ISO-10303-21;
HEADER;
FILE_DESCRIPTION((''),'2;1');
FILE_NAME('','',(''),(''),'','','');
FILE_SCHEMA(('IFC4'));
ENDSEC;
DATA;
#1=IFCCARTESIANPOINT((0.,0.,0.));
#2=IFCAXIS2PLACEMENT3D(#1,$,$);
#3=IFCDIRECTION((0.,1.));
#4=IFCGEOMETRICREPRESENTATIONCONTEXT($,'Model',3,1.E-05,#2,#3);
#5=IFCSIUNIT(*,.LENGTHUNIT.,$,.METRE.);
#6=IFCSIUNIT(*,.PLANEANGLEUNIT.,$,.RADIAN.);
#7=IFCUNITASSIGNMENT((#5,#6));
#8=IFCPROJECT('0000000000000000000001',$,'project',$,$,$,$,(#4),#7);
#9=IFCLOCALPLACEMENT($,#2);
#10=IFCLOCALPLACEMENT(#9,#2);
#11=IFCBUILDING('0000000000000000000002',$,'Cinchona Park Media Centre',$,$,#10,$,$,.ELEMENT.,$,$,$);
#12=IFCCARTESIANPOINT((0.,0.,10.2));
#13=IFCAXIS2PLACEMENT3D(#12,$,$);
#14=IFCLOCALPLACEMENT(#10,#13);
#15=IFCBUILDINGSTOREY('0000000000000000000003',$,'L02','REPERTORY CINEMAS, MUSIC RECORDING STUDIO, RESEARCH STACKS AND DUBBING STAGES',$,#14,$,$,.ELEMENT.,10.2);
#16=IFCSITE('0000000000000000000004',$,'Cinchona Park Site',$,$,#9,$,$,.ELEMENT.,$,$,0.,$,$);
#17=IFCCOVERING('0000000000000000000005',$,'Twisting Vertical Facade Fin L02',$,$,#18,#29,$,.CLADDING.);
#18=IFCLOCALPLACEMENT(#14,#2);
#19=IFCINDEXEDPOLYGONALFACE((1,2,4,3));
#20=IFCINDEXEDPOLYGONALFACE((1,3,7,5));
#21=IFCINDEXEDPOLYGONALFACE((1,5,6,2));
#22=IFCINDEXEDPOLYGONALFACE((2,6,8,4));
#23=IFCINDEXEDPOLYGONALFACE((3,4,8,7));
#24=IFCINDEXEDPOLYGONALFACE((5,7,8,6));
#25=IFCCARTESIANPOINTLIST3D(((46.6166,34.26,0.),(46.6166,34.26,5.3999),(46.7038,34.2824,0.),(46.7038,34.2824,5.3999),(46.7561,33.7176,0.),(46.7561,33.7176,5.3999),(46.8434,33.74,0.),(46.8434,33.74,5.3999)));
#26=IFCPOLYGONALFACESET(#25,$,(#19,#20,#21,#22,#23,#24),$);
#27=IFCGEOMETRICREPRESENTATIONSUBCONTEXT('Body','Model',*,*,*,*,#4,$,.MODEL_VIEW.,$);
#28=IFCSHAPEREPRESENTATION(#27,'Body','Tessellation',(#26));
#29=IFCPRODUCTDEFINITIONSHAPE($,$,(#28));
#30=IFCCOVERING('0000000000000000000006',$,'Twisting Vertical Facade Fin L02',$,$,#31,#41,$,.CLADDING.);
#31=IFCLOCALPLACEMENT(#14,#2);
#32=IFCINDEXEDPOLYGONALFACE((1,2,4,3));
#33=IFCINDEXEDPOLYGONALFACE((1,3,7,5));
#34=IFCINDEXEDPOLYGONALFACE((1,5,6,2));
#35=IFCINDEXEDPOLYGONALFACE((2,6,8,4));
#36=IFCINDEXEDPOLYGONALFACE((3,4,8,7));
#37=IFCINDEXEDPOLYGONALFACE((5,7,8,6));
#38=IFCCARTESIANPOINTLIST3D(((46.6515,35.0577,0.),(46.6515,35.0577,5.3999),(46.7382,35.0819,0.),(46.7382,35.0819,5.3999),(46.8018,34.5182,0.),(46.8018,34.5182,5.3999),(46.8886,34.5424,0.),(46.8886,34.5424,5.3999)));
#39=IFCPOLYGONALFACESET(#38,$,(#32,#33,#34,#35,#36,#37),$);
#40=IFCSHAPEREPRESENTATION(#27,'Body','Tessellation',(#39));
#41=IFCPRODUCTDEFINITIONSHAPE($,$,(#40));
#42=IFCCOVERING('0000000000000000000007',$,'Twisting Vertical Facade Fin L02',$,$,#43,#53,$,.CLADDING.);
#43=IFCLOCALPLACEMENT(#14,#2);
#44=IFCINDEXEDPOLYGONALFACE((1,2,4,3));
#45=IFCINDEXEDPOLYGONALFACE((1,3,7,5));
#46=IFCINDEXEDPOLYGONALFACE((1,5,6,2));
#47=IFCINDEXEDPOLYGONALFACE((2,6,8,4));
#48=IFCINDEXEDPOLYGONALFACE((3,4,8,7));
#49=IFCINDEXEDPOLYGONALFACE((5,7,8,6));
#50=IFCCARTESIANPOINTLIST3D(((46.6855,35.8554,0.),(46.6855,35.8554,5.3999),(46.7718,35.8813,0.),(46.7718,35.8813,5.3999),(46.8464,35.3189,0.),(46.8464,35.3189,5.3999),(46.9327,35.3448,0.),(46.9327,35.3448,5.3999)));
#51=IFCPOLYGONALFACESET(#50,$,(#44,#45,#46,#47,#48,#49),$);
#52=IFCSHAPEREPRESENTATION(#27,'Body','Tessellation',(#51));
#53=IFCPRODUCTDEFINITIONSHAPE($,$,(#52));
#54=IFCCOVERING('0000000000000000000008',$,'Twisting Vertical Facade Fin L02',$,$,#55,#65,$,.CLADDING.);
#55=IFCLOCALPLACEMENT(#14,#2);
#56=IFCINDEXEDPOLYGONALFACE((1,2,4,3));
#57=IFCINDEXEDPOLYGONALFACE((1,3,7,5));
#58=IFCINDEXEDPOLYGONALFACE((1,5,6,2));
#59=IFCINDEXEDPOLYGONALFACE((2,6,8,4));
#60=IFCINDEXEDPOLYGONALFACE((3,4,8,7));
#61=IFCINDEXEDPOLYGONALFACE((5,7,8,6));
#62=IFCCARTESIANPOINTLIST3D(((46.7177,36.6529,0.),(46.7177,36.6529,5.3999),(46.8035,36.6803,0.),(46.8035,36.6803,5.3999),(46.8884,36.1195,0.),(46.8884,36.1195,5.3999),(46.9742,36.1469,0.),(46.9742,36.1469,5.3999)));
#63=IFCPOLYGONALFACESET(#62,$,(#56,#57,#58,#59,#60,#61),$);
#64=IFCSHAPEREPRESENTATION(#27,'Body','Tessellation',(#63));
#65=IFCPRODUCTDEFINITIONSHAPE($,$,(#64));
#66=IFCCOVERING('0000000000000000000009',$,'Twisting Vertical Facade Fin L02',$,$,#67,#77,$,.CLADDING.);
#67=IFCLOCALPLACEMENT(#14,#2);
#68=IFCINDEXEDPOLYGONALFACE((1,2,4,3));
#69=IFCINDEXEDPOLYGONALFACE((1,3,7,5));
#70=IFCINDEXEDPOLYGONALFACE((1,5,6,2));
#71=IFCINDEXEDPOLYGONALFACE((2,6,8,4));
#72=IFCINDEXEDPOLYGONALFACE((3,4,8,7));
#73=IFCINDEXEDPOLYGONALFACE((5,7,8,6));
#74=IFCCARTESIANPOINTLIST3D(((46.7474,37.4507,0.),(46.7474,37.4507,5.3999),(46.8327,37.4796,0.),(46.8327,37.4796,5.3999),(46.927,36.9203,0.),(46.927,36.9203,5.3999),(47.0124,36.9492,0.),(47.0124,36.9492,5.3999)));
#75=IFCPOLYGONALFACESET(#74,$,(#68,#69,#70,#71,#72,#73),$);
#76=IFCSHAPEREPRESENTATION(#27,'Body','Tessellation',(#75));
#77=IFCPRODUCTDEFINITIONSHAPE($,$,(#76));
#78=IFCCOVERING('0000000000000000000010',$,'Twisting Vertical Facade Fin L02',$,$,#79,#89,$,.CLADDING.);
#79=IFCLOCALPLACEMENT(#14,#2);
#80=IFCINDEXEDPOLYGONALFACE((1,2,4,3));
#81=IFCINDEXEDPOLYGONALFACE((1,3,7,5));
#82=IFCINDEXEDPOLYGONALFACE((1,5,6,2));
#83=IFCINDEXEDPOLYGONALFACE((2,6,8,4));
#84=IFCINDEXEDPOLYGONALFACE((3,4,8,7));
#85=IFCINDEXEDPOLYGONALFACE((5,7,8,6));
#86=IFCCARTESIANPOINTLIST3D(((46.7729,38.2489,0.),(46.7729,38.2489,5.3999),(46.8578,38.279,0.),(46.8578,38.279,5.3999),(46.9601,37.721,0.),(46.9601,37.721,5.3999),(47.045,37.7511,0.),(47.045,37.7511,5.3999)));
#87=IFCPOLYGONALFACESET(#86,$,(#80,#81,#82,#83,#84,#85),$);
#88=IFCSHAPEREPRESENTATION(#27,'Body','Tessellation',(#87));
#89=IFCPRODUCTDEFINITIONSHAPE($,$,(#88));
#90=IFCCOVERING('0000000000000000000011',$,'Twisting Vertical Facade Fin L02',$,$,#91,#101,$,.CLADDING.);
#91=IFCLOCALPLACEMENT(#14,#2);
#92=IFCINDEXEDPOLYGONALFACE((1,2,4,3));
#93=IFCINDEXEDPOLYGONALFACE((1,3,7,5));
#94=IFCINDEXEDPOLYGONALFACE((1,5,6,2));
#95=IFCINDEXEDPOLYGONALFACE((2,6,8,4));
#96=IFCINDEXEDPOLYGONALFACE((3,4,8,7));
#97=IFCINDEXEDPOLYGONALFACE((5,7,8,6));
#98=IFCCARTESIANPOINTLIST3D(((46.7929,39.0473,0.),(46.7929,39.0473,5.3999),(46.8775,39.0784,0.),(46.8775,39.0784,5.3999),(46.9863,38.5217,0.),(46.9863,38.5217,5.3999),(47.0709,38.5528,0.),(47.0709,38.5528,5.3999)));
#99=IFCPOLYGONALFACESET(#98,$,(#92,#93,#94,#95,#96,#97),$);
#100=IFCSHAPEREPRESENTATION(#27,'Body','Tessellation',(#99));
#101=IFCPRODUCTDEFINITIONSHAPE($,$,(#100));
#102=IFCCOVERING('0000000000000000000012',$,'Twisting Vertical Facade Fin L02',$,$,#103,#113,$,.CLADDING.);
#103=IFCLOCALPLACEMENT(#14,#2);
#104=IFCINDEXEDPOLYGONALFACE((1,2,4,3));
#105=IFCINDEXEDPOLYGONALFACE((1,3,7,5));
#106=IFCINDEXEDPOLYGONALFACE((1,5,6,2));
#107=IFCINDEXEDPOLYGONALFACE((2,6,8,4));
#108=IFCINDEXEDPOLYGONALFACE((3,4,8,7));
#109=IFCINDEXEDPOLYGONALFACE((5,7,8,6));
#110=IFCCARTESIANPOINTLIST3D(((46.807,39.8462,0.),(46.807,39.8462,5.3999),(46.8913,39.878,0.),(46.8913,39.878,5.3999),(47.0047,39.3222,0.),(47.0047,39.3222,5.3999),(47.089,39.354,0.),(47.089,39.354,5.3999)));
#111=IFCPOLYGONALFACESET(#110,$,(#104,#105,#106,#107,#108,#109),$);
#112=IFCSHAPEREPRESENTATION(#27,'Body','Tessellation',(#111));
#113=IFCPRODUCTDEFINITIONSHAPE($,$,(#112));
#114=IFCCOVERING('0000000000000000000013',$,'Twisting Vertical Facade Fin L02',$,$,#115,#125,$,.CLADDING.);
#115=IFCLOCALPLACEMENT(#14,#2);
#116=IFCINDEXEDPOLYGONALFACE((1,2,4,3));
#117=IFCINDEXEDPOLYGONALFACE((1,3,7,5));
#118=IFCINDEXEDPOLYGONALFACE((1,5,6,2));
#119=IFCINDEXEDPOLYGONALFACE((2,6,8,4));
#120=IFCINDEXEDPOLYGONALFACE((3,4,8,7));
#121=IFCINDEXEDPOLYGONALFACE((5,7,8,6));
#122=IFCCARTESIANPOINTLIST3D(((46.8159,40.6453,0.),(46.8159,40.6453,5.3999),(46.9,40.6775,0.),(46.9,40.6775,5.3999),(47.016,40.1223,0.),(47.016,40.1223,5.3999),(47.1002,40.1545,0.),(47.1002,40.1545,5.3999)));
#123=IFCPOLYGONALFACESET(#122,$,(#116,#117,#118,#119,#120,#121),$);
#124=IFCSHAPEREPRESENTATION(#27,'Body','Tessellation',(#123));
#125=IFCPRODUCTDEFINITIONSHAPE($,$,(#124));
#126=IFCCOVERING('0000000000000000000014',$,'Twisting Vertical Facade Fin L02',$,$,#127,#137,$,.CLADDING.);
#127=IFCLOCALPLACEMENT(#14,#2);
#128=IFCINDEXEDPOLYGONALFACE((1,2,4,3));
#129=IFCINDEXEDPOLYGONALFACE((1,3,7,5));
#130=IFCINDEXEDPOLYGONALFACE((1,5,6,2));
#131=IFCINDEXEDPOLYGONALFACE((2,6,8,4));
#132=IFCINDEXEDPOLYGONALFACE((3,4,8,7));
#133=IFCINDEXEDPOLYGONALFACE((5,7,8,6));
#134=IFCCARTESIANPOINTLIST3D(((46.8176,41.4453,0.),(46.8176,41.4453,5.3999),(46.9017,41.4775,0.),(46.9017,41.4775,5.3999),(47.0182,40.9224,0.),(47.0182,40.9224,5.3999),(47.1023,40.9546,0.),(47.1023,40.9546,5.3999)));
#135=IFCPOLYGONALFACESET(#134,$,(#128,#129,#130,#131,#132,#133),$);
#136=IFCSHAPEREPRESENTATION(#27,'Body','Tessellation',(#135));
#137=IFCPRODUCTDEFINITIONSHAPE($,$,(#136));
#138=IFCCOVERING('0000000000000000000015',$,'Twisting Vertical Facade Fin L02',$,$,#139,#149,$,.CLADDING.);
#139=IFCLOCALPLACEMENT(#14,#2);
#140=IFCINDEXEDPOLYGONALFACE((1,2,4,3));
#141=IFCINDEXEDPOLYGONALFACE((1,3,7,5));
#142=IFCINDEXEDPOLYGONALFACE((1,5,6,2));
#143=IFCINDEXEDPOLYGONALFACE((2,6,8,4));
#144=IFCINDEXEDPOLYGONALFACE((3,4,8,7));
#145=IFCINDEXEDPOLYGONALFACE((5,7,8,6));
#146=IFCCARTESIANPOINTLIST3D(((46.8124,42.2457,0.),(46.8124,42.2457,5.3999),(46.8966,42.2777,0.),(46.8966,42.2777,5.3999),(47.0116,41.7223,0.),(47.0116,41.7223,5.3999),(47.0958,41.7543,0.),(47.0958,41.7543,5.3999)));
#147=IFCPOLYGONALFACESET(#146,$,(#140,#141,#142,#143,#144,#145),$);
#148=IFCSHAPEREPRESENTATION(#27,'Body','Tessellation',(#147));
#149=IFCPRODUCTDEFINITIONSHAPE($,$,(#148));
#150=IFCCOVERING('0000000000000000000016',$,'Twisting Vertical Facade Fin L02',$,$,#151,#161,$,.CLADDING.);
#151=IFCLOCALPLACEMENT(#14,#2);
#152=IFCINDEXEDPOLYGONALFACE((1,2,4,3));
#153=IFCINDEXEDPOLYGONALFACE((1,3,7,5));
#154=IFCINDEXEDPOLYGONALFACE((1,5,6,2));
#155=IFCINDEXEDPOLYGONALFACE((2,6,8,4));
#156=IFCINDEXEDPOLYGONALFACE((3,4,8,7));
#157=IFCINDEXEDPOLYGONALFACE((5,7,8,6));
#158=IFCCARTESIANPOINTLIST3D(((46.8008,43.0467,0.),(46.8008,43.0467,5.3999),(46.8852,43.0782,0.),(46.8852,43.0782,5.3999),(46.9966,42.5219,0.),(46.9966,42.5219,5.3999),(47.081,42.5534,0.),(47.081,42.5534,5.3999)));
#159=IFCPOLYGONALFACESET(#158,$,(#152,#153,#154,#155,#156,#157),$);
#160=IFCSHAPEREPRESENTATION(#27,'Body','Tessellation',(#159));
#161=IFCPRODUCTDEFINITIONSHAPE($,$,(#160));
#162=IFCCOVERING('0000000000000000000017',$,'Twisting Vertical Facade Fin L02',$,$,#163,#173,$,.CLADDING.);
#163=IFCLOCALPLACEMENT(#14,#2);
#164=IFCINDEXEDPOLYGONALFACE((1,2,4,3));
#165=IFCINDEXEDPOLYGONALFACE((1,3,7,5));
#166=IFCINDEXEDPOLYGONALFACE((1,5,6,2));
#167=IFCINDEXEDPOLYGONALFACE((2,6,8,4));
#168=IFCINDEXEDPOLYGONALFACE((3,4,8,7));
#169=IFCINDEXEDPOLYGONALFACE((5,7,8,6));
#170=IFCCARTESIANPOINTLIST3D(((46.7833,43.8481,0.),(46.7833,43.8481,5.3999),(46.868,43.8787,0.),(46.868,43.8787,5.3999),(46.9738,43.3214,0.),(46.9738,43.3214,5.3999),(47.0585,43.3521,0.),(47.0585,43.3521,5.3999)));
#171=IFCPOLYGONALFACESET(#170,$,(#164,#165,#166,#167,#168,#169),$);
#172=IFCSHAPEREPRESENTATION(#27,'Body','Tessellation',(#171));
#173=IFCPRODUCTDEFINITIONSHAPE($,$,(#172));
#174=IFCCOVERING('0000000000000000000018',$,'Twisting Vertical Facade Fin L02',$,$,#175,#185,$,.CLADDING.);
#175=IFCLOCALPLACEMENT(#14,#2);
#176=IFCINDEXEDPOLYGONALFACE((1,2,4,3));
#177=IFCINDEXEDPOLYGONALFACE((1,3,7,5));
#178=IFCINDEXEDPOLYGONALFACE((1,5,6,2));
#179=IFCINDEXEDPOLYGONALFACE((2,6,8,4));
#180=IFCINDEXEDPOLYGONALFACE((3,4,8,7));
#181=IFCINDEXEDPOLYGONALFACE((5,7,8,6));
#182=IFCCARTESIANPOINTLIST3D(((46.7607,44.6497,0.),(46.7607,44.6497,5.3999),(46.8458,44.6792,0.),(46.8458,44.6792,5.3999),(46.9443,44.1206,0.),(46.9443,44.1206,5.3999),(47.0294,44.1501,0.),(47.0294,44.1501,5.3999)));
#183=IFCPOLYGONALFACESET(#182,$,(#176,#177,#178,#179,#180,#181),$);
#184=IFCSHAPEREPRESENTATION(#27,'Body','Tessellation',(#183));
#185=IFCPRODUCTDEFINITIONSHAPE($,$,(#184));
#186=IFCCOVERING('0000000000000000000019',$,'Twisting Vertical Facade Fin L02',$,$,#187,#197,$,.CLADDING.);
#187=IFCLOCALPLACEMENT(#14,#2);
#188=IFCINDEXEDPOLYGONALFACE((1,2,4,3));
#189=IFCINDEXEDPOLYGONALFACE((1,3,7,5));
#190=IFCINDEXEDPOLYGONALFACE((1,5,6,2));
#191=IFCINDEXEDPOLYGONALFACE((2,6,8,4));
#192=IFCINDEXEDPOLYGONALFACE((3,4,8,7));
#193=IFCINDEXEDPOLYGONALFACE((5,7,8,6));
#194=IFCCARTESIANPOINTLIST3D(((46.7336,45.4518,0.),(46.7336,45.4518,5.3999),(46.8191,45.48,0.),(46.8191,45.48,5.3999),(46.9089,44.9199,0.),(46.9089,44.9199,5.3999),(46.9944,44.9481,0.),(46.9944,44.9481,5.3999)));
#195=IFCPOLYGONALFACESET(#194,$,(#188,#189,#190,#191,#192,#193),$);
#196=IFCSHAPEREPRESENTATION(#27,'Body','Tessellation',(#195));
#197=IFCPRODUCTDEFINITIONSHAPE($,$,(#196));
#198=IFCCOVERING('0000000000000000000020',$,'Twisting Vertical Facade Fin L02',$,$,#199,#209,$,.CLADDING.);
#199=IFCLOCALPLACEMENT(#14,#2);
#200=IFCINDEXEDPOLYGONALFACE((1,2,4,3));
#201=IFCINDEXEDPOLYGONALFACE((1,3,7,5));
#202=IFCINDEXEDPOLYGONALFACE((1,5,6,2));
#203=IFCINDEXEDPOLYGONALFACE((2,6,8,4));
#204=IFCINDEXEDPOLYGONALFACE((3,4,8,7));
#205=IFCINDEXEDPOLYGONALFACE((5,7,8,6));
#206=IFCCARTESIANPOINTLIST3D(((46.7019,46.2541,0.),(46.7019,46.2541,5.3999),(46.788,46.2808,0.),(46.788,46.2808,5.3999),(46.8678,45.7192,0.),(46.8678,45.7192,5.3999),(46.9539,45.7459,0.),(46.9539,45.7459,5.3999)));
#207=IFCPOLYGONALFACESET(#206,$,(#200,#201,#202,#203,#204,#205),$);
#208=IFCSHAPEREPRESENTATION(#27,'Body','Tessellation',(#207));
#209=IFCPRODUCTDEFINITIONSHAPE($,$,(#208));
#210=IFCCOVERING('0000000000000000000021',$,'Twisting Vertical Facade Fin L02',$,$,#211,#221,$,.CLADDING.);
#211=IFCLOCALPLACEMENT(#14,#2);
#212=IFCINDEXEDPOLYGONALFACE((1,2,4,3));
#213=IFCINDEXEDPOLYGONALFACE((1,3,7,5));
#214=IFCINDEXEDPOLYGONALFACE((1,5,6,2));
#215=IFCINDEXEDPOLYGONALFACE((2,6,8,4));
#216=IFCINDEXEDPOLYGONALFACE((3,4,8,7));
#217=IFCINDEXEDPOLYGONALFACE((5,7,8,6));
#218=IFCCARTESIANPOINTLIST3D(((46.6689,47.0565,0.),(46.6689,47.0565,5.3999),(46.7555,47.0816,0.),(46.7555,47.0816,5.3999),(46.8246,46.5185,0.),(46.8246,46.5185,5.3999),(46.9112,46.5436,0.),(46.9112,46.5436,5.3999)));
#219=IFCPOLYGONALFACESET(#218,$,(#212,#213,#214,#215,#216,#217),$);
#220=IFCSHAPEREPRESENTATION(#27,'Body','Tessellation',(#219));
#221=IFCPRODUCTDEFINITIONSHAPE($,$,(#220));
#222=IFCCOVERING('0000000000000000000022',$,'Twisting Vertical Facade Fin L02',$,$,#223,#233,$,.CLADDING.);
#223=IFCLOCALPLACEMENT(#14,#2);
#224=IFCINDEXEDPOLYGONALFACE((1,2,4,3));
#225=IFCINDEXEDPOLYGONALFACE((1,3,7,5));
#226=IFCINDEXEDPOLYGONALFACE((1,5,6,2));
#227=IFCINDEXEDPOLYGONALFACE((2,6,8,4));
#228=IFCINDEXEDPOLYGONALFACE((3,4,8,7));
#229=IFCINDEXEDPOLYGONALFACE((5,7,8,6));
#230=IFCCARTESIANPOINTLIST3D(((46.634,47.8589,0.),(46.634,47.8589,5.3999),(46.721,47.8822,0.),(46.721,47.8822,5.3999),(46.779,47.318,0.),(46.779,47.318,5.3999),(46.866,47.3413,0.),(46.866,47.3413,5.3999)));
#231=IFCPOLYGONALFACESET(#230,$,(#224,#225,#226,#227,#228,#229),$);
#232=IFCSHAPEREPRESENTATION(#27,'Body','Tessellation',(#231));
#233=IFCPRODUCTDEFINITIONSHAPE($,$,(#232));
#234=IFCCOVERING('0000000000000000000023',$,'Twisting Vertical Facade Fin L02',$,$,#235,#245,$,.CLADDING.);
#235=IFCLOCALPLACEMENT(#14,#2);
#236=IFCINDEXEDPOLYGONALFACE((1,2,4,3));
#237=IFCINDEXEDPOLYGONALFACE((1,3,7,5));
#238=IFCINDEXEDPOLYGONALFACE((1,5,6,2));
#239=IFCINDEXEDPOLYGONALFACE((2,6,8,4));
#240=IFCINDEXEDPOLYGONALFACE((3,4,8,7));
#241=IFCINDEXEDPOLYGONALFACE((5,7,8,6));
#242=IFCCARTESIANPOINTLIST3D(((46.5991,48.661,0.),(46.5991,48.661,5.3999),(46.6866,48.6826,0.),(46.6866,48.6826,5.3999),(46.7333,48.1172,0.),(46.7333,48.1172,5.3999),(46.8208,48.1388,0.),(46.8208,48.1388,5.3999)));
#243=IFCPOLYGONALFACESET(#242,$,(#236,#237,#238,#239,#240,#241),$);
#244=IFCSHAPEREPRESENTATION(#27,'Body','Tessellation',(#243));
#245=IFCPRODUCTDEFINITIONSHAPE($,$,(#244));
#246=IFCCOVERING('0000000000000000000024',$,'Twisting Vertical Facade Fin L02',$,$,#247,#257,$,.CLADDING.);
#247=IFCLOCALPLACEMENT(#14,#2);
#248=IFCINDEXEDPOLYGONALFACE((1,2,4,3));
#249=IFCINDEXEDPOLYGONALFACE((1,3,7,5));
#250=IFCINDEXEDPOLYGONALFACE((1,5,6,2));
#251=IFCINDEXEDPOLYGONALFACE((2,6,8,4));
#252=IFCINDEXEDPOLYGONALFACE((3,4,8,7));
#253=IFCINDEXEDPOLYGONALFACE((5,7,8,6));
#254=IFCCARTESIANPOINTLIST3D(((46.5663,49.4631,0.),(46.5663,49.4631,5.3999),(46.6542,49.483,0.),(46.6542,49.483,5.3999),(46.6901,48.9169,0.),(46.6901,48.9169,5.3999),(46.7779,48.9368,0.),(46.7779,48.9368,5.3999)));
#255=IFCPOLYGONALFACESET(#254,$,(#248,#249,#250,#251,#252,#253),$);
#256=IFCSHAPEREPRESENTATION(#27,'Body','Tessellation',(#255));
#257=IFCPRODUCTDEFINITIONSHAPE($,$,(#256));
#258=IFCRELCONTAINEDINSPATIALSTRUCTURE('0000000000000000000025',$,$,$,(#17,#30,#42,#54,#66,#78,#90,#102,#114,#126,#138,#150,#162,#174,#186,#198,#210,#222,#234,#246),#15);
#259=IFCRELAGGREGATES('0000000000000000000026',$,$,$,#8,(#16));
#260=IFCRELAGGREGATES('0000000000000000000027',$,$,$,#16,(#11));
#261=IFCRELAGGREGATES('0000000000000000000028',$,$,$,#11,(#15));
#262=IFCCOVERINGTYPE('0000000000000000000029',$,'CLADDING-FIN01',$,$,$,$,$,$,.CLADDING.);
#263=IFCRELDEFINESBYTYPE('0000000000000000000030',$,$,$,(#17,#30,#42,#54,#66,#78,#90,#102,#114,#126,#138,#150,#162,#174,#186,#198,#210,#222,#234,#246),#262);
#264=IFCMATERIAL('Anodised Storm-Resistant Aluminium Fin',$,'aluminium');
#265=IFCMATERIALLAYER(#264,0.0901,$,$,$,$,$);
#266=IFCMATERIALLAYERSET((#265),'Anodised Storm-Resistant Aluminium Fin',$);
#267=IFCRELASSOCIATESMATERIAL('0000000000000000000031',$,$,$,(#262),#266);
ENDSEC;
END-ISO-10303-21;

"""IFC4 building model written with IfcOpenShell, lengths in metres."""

from ifc_helpers import new_model, si_unit, direction, frame, origin, origin_2d, place, context, subcontext, project, spatial, rectangle, extrude, material, layer, layer_set, type_object, element, save


model = new_model("IFC4")

# Units and contexts
model_context = context("Model", 3, precision=1e-05, world=origin(), true_north=direction((0.0, 1.0)))
body_context = subcontext(model_context, "Body", "Model", "MODEL_VIEW")
ifc_project = project(units=[si_unit("LENGTHUNIT", "METRE"), si_unit("PLANEANGLEUNIT", "RADIAN")], contexts=[model_context])

# Site, building, storey
site_placement = place(None, origin())
site = spatial("IfcSite", under=ifc_project, at=site_placement, Name="Cinchona Park Site", CompositionType="ELEMENT", RefElevation=0.0)
building_placement = place(site_placement, origin())
building = spatial("IfcBuilding", under=site, at=building_placement, Name="Cinchona Park Media Centre", CompositionType="ELEMENT")
storey_placement = place(building_placement, frame((0.0, 0.0, 10.2)))
storey = spatial("IfcBuildingStorey", under=building, at=storey_placement, Name="L02", Description="REPERTORY CINEMAS, MUSIC RECORDING STUDIO, RESEARCH STACKS AND DUBBING STAGES", CompositionType="ELEMENT", Elevation=10.2)

# Coverings
ifc_material_1 = material(Name="Anodised Storm-Resistant Aluminium Fin", Category="aluminium")
ifc_layer = layer(ifc_material_1, 0.0901)
ifc_layer_set = layer_set([ifc_layer], Name="Anodised Storm-Resistant Aluminium Fin")
covering_type = type_object("IfcCoveringType", Name="CLADDING-FIN01", PredefinedType="CLADDING", material=ifc_layer_set)
for number, where, z_axis, x_axis, name in (
    (1, (46.73, 34.0, 0.0), (0.0, 0.0, 1.0), (-0.249197, 0.968453, 0.0), "Twisting Vertical Facade Fin L02"),
    (2, (46.77, 34.8, 0.0), (0.0, 0.0, 1.0), (-0.268415, 0.963303, 0.0), "Twisting Vertical Facade Fin L02"),
    (3, (46.8091, 35.6001, 0.0), (0.0, 0.0, 1.0), (-0.287193, 0.957873, 0.0), "Twisting Vertical Facade Fin L02"),
    (4, (46.8459, 36.3999, 0.0), (0.0, 0.0, 1.0), (-0.304864, 0.952396, 0.0), "Twisting Vertical Facade Fin L02"),
    (5, (46.8799, 37.2, 0.0), (0.0, 0.0, 1.0), (-0.320778, 0.947154, 0.0), "Twisting Vertical Facade Fin L02"),
    (6, (46.9089, 38.0, 0.0), (0.0, 0.0, 1.0), (-0.3343, 0.942467, 0.0), "Twisting Vertical Facade Fin L02"),
    (7, (46.9319, 38.8, 0.0), (0.0, 0.0, 1.0), (-0.345298, 0.938493, 0.0), "Twisting Vertical Facade Fin L02"),
    (8, (46.948, 39.6001, 0.0), (0.0, 0.0, 1.0), (-0.352985, 0.935629, 0.0), "Twisting Vertical Facade Fin L02"),
    (9, (46.958, 40.3999, 0.0), (0.0, 0.0, 1.0), (-0.35739, 0.933955, 0.0), "Twisting Vertical Facade Fin L02"),
    (10, (46.96, 41.2, 0.0), (0.0, 0.0, 1.0), (-0.358205, 0.933643, 0.0), "Twisting Vertical Facade Fin L02"),
    (11, (46.9541, 42.0, 0.0), (0.0, 0.0, 1.0), (-0.355596, 0.93464, 0.0), "Twisting Vertical Facade Fin L02"),
    (12, (46.9409, 42.8, 0.0), (0.0, 0.0, 1.0), (-0.349553, 0.936916, 0.0), "Twisting Vertical Facade Fin L02"),
    (13, (46.9209, 43.6001, 0.0), (0.0, 0.0, 1.0), (-0.340215, 0.940348, 0.0), "Twisting Vertical Facade Fin L02"),
    (14, (46.895, 44.3999, 0.0), (0.0, 0.0, 1.0), (-0.327878, 0.94472, 0.0), "Twisting Vertical Facade Fin L02"),
    (15, (46.864, 45.2, 0.0), (0.0, 0.0, 1.0), (-0.312998, 0.949754, 0.0), "Twisting Vertical Facade Fin L02"),
    (16, (46.8279, 46.0, 0.0), (0.0, 0.0, 1.0), (-0.296208, 0.955123, 0.0), "Twisting Vertical Facade Fin L02"),
    (17, (46.79, 46.8, 0.0), (0.0, 0.0, 1.0), (-0.277985, 0.960585, 0.0), "Twisting Vertical Facade Fin L02"),
    (18, (46.75, 47.6001, 0.0), (0.0, 0.0, 1.0), (-0.258819, 0.965926, 0.0), "Twisting Vertical Facade Fin L02"),
    (19, (46.71, 48.3999, 0.0), (0.0, 0.0, 1.0), (-0.23955, 0.970884, 0.0), "Twisting Vertical Facade Fin L02"),
    (20, (46.6721, 49.2, 0.0), (0.0, 0.0, 1.0), (-0.221038, 0.975265, 0.0), "Twisting Vertical Facade Fin L02"),
):
    element("IfcCovering", number, at=place(storey_placement, frame(where, z_axis=z_axis, x_axis=x_axis)), inside=storey, type_object=covering_type, Name=name, PredefinedType="CLADDING", context=body_context, shape_type="SweptSolid", body=[
        extrude(rectangle(XDim=0.5601, YDim=0.0901, at=origin_2d()), origin(), (0.0, 0.0, 1.0), 5.3999),
    ])

save(model, "model.ifc")
